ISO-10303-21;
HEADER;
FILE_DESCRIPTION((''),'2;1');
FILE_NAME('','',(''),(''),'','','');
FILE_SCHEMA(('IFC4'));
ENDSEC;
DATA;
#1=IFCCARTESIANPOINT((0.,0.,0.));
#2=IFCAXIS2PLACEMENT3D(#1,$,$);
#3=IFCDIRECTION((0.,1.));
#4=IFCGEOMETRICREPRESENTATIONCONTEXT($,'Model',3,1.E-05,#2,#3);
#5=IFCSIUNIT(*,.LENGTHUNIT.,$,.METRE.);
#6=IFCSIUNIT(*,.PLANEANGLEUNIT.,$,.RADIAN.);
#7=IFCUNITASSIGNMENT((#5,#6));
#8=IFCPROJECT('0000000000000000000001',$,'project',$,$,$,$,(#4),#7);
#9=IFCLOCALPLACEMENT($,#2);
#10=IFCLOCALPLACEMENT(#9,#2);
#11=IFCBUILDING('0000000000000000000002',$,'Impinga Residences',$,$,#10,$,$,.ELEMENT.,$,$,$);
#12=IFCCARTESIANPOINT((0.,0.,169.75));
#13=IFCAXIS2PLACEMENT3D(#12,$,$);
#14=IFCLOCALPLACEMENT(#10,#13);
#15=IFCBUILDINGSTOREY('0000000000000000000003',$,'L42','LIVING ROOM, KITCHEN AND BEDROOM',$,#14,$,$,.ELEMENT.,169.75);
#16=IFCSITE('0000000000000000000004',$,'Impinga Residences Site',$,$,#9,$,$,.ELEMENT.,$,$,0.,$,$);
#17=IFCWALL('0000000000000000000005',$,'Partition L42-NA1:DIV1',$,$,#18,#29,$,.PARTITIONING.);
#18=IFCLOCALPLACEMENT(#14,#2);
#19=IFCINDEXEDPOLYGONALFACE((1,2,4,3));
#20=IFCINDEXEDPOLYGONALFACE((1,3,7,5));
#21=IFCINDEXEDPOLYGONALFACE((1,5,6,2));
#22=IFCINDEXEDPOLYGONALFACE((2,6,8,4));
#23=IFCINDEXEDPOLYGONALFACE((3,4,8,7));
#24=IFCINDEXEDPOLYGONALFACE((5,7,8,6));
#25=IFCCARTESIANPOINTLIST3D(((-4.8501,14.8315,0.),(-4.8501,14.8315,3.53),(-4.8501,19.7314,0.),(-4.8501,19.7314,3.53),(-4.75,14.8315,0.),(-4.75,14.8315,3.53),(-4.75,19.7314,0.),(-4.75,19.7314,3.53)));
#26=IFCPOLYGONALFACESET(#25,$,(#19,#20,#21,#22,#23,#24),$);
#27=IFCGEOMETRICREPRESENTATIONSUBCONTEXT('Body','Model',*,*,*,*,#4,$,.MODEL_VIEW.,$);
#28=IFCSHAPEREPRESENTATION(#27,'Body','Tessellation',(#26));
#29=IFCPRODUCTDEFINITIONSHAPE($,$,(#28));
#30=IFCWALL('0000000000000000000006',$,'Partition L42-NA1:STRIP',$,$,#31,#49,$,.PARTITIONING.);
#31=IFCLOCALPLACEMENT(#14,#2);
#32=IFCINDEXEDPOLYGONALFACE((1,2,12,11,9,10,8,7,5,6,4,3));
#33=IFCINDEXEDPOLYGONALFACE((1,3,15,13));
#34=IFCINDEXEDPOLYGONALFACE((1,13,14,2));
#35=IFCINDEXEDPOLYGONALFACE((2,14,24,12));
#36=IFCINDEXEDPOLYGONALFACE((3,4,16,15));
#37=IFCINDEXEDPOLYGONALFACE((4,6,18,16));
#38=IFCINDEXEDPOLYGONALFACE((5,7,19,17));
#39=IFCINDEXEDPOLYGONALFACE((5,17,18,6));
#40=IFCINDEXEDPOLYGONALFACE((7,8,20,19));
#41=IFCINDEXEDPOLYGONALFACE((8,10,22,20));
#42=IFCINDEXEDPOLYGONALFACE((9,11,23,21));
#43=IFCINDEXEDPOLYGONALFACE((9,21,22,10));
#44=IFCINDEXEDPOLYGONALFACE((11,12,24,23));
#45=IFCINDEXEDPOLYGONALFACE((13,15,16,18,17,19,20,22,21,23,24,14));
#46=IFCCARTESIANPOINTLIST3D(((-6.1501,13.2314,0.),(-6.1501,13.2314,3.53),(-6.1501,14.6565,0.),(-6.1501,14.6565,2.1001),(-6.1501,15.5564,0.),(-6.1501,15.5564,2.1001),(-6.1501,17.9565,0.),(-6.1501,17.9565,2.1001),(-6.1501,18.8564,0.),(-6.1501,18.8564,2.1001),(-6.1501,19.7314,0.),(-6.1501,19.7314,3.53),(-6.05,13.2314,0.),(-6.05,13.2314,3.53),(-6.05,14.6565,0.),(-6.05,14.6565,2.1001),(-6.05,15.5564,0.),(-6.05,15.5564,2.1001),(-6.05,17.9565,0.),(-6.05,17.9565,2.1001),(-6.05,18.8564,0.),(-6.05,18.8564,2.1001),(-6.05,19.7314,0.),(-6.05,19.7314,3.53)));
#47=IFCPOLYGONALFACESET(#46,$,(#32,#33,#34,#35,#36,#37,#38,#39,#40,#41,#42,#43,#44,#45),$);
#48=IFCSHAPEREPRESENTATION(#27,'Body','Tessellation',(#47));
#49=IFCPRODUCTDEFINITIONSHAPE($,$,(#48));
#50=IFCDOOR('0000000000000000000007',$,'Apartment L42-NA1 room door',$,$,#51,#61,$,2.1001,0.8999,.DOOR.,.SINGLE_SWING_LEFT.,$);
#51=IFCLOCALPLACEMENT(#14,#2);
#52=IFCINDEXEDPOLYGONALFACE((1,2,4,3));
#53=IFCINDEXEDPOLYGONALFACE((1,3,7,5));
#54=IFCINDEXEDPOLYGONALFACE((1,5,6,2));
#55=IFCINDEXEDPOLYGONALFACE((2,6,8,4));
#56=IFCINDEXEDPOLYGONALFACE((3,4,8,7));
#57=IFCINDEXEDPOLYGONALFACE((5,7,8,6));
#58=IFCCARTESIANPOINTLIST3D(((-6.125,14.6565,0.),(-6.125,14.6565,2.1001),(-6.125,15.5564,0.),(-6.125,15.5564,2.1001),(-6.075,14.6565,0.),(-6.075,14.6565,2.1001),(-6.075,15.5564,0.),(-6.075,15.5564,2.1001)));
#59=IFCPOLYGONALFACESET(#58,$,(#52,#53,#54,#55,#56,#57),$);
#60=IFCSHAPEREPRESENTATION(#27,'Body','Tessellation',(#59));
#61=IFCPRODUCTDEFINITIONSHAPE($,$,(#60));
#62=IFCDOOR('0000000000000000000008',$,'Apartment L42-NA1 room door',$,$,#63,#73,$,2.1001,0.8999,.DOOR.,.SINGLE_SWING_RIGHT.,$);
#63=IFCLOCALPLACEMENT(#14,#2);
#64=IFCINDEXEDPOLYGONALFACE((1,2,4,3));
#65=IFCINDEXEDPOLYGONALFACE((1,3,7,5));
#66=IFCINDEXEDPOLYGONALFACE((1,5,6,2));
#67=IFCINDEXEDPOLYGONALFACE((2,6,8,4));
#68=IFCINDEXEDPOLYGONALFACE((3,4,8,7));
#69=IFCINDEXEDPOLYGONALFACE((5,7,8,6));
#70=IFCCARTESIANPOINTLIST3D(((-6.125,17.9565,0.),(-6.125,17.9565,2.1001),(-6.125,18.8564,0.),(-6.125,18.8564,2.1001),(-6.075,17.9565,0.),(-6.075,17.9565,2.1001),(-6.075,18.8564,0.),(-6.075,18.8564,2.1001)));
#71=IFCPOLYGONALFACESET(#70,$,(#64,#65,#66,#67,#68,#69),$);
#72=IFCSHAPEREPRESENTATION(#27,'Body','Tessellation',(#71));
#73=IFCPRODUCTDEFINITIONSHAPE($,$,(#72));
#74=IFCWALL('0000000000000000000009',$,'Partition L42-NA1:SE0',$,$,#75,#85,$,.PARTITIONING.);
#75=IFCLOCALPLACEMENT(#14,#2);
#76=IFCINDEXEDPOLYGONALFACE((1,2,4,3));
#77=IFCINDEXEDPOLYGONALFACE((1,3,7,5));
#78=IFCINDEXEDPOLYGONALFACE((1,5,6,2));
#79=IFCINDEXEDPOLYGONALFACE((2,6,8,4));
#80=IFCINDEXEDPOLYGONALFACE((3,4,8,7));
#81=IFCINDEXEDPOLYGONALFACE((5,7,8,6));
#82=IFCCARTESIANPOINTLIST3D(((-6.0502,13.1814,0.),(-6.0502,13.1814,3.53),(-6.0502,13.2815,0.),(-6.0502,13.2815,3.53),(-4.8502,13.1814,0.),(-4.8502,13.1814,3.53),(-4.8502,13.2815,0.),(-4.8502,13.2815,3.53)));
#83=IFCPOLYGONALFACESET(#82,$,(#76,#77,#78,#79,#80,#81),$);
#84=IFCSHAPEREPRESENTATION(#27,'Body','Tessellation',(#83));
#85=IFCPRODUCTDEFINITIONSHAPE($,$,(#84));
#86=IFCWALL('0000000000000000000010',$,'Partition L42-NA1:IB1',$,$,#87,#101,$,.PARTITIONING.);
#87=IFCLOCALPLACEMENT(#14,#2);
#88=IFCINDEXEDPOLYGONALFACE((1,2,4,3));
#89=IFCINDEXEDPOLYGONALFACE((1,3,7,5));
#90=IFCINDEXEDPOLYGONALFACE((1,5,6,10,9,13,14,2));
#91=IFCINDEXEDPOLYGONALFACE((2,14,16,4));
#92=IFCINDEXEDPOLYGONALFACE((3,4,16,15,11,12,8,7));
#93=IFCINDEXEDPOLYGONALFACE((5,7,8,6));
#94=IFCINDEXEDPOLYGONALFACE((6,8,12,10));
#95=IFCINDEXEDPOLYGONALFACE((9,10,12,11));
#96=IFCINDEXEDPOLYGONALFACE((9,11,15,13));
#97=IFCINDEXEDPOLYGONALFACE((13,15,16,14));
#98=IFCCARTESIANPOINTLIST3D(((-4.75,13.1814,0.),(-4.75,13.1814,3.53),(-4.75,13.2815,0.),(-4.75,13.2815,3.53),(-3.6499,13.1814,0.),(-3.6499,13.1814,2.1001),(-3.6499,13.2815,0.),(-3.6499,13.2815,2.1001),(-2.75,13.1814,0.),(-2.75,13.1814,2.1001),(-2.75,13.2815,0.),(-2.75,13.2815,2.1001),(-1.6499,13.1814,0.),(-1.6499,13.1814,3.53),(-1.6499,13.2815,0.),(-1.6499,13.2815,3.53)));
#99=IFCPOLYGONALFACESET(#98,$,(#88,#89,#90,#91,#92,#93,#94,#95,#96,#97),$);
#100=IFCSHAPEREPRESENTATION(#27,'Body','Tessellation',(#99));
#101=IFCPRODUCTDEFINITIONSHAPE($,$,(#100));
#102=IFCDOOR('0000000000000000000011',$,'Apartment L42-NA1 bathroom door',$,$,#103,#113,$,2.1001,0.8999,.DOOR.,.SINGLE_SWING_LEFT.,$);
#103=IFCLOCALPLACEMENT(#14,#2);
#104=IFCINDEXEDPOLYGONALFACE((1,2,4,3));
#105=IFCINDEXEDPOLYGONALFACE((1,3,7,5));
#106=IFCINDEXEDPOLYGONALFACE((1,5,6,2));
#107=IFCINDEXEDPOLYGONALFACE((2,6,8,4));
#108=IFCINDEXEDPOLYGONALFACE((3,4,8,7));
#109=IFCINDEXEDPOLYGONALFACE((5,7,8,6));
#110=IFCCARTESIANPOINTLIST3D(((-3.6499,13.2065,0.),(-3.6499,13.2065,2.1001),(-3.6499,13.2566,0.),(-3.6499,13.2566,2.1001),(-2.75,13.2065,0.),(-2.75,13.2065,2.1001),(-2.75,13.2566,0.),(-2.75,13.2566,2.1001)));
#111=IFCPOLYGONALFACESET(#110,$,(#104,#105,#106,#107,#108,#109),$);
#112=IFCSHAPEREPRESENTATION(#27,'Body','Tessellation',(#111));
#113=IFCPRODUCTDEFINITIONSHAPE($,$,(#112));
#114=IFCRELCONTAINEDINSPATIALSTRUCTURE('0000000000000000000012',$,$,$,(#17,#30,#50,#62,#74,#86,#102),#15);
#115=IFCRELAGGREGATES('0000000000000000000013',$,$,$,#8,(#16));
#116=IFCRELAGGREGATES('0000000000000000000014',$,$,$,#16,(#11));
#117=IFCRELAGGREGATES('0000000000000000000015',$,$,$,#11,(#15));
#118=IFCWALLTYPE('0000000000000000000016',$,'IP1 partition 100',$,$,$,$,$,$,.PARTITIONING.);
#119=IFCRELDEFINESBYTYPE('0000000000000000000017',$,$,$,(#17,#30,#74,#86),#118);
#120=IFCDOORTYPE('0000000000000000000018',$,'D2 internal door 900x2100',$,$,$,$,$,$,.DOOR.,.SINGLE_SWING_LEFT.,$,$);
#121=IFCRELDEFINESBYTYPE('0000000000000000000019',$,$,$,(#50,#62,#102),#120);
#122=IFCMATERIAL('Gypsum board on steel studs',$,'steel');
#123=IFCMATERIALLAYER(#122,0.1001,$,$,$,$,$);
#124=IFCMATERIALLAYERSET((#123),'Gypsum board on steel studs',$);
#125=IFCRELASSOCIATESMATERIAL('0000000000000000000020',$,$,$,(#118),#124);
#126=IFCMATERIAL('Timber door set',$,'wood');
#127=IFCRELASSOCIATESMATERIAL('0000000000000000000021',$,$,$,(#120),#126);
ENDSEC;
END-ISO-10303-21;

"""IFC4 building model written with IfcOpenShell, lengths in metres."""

from ifc_helpers import new_model, si_unit, direction, frame, frame_2d, origin, place, context, subcontext, project, spatial, rectangle, extrude, material, layer, layer_set, type_object, element, fill, save


model = new_model("IFC4")

# Units and contexts
model_context = context("Model", 3, precision=1e-05, world=origin(), true_north=direction((0.0, 1.0)))
body_context = subcontext(model_context, "Body", "Model", "MODEL_VIEW")
ifc_project = project(units=[si_unit("LENGTHUNIT", "METRE"), si_unit("PLANEANGLEUNIT", "RADIAN")], contexts=[model_context])

# Site, building, storey
site_placement = place(None, origin())
site = spatial("IfcSite", under=ifc_project, at=site_placement, Name="Impinga Residences Site", CompositionType="ELEMENT", RefElevation=0.0)
building_placement = place(site_placement, origin())
building = spatial("IfcBuilding", under=site, at=building_placement, Name="Impinga Residences", CompositionType="ELEMENT")
storey_placement = place(building_placement, frame((0.0, 0.0, 169.75)))
storey = spatial("IfcBuildingStorey", under=building, at=storey_placement, Name="L42", Description="LIVING ROOM, KITCHEN AND BEDROOM", CompositionType="ELEMENT", Elevation=169.75)

# Shared definitions
ifc_material_1 = material(Name="Timber door set", Category="wood")

# Wall
ifc_material_2 = material(Name="Gypsum board on steel studs", Category="steel")
ifc_layer_1 = layer(ifc_material_2, 0.1001)
ifc_layer_set_1 = layer_set([ifc_layer_1], Name="Gypsum board on steel studs")
wall_type_1 = type_object("IfcWallType", Name="IP1 partition 100", PredefinedType="PARTITIONING", material=ifc_layer_set_1)
wall_1_placement = place(storey_placement, frame((-4.8, 14.8315, 0.0), z_axis=(0.0, 0.0, 1.0), x_axis=(0.0, 1.0, 0.0)))
element("IfcWall", 1, at=wall_1_placement, inside=storey, type_object=wall_type_1, Name="Partition L42-NA1:DIV1", PredefinedType="PARTITIONING", context=body_context, shape_type="SweptSolid", body=[
    extrude(rectangle(XDim=4.8999, YDim=0.1001, at=frame_2d((2.45, 0.0))), origin(), (0.0, 0.0, 1.0), 3.53),
])

# Wall, openings, doors
wall_2_placement = place(storey_placement, frame((-6.1001, 13.2314, 0.0), z_axis=(0.0, 0.0, 1.0), x_axis=(0.0, 1.0, 0.0)))
wall_2 = element("IfcWall", 2, at=wall_2_placement, inside=storey, type_object=wall_type_1, Name="Partition L42-NA1:STRIP", PredefinedType="PARTITIONING", context=body_context, shape_type="SweptSolid", body=[
    extrude(rectangle(XDim=6.5, YDim=0.1001, at=frame_2d((3.25, 0.0))), origin(), (0.0, 0.0, 1.0), 3.53),
])
opening_1_placement = place(wall_2_placement, frame((1.425, 0.0, 0.0)))
opening_1 = element("IfcOpeningElement", 3, at=opening_1_placement, cuts=wall_2, PredefinedType="OPENING", context=body_context, shape_type="SweptSolid", body=[
    extrude(rectangle(XDim=0.8999, YDim=2.1001, at=frame_2d((0.45, 1.05))), frame((0.0, 0.0601, 0.0), z_axis=(0.0, -1.0, 0.0), x_axis=(1.0, 0.0, 0.0)), (0.0, 0.0, 1.0), 0.1201),
])
opening_2_placement = place(wall_2_placement, frame((4.7251, 0.0, 0.0)))
opening_2 = element("IfcOpeningElement", 4, at=opening_2_placement, cuts=wall_2, PredefinedType="OPENING", context=body_context, shape_type="SweptSolid", body=[
    extrude(rectangle(XDim=0.8999, YDim=2.1001, at=frame_2d((0.45, 1.05))), frame((0.0, 0.0601, 0.0), z_axis=(0.0, -1.0, 0.0), x_axis=(1.0, 0.0, 0.0)), (0.0, 0.0, 1.0), 0.1201),
])
door_type_1 = type_object("IfcDoorType", Name="D2 internal door 900x2100", OperationType="SINGLE_SWING_LEFT", PredefinedType="DOOR", material=ifc_material_1)
door_1_placement = place(opening_1_placement, origin())
door_1 = element("IfcDoor", 5, at=door_1_placement, inside=storey, type_object=door_type_1, Name="Apartment L42-NA1 room door", OperationType="SINGLE_SWING_LEFT", OverallHeight=2.1001, OverallWidth=0.8999, PredefinedType="DOOR", context=body_context, shape_type="SweptSolid", body=[
    extrude(rectangle(XDim=0.8999, YDim=2.1001, at=frame_2d((0.45, 1.05))), frame((0.0, 0.0249, 0.0), z_axis=(0.0, -1.0, 0.0), x_axis=(1.0, 0.0, 0.0)), (0.0, 0.0, 1.0), 0.05),
])
fill(opening_1, door_1)
door_2_placement = place(opening_2_placement, origin())
door_2 = element("IfcDoor", 6, at=door_2_placement, inside=storey, type_object=door_type_1, Name="Apartment L42-NA1 room door", OperationType="SINGLE_SWING_RIGHT", OverallHeight=2.1001, OverallWidth=0.8999, PredefinedType="DOOR", context=body_context, shape_type="SweptSolid", body=[
    extrude(rectangle(XDim=0.8999, YDim=2.1001, at=frame_2d((0.45, 1.05))), frame((0.0, 0.0249, 0.0), z_axis=(0.0, -1.0, 0.0), x_axis=(1.0, 0.0, 0.0)), (0.0, 0.0, 1.0), 0.05),
])
fill(opening_2, door_2)

# Wall
wall_3_placement = place(storey_placement, frame((-4.8501, 13.2314, 0.0), z_axis=(0.0, 0.0, 1.0), x_axis=(-1.0, 0.0, 0.0)))
element("IfcWall", 7, at=wall_3_placement, inside=storey, type_object=wall_type_1, Name="Partition L42-NA1:SE0", PredefinedType="PARTITIONING", context=body_context, shape_type="SweptSolid", body=[
    extrude(rectangle(XDim=1.2, YDim=0.1001, at=frame_2d((0.6001, 0.0))), origin(), (0.0, 0.0, 1.0), 3.53),
])

# Wall, opening, door
wall_4_placement = place(storey_placement, frame((-1.6499, 13.2314, 0.0), z_axis=(0.0, 0.0, 1.0), x_axis=(-1.0, 0.0, 0.0)))
wall_4 = element("IfcWall", 8, at=wall_4_placement, inside=storey, type_object=wall_type_1, Name="Partition L42-NA1:IB1", PredefinedType="PARTITIONING", context=body_context, shape_type="SweptSolid", body=[
    extrude(rectangle(XDim=3.1001, YDim=0.1001, at=frame_2d((1.55, 0.0))), origin(), (0.0, 0.0, 1.0), 3.53),
])
opening_3_placement = place(wall_4_placement, frame((1.1001, 0.0, 0.0)))
opening_3 = element("IfcOpeningElement", 9, at=opening_3_placement, cuts=wall_4, PredefinedType="OPENING", context=body_context, shape_type="SweptSolid", body=[
    extrude(rectangle(XDim=0.8999, YDim=2.1001, at=frame_2d((0.45, 1.05))), frame((0.0, 0.0601, 0.0), z_axis=(0.0, -1.0, 0.0), x_axis=(1.0, 0.0, 0.0)), (0.0, 0.0, 1.0), 0.1201),
])
door_3_placement = place(opening_3_placement, origin())
door_3 = element("IfcDoor", 10, at=door_3_placement, inside=storey, type_object=door_type_1, Name="Apartment L42-NA1 bathroom door", OperationType="SINGLE_SWING_LEFT", OverallHeight=2.1001, OverallWidth=0.8999, PredefinedType="DOOR", context=body_context, shape_type="SweptSolid", body=[
    extrude(rectangle(XDim=0.8999, YDim=2.1001, at=frame_2d((0.45, 1.05))), frame((0.0, 0.0249, 0.0), z_axis=(0.0, -1.0, 0.0), x_axis=(1.0, 0.0, 0.0)), (0.0, 0.0, 1.0), 0.05),
])
fill(opening_3, door_3)

save(model, "model.ifc")
